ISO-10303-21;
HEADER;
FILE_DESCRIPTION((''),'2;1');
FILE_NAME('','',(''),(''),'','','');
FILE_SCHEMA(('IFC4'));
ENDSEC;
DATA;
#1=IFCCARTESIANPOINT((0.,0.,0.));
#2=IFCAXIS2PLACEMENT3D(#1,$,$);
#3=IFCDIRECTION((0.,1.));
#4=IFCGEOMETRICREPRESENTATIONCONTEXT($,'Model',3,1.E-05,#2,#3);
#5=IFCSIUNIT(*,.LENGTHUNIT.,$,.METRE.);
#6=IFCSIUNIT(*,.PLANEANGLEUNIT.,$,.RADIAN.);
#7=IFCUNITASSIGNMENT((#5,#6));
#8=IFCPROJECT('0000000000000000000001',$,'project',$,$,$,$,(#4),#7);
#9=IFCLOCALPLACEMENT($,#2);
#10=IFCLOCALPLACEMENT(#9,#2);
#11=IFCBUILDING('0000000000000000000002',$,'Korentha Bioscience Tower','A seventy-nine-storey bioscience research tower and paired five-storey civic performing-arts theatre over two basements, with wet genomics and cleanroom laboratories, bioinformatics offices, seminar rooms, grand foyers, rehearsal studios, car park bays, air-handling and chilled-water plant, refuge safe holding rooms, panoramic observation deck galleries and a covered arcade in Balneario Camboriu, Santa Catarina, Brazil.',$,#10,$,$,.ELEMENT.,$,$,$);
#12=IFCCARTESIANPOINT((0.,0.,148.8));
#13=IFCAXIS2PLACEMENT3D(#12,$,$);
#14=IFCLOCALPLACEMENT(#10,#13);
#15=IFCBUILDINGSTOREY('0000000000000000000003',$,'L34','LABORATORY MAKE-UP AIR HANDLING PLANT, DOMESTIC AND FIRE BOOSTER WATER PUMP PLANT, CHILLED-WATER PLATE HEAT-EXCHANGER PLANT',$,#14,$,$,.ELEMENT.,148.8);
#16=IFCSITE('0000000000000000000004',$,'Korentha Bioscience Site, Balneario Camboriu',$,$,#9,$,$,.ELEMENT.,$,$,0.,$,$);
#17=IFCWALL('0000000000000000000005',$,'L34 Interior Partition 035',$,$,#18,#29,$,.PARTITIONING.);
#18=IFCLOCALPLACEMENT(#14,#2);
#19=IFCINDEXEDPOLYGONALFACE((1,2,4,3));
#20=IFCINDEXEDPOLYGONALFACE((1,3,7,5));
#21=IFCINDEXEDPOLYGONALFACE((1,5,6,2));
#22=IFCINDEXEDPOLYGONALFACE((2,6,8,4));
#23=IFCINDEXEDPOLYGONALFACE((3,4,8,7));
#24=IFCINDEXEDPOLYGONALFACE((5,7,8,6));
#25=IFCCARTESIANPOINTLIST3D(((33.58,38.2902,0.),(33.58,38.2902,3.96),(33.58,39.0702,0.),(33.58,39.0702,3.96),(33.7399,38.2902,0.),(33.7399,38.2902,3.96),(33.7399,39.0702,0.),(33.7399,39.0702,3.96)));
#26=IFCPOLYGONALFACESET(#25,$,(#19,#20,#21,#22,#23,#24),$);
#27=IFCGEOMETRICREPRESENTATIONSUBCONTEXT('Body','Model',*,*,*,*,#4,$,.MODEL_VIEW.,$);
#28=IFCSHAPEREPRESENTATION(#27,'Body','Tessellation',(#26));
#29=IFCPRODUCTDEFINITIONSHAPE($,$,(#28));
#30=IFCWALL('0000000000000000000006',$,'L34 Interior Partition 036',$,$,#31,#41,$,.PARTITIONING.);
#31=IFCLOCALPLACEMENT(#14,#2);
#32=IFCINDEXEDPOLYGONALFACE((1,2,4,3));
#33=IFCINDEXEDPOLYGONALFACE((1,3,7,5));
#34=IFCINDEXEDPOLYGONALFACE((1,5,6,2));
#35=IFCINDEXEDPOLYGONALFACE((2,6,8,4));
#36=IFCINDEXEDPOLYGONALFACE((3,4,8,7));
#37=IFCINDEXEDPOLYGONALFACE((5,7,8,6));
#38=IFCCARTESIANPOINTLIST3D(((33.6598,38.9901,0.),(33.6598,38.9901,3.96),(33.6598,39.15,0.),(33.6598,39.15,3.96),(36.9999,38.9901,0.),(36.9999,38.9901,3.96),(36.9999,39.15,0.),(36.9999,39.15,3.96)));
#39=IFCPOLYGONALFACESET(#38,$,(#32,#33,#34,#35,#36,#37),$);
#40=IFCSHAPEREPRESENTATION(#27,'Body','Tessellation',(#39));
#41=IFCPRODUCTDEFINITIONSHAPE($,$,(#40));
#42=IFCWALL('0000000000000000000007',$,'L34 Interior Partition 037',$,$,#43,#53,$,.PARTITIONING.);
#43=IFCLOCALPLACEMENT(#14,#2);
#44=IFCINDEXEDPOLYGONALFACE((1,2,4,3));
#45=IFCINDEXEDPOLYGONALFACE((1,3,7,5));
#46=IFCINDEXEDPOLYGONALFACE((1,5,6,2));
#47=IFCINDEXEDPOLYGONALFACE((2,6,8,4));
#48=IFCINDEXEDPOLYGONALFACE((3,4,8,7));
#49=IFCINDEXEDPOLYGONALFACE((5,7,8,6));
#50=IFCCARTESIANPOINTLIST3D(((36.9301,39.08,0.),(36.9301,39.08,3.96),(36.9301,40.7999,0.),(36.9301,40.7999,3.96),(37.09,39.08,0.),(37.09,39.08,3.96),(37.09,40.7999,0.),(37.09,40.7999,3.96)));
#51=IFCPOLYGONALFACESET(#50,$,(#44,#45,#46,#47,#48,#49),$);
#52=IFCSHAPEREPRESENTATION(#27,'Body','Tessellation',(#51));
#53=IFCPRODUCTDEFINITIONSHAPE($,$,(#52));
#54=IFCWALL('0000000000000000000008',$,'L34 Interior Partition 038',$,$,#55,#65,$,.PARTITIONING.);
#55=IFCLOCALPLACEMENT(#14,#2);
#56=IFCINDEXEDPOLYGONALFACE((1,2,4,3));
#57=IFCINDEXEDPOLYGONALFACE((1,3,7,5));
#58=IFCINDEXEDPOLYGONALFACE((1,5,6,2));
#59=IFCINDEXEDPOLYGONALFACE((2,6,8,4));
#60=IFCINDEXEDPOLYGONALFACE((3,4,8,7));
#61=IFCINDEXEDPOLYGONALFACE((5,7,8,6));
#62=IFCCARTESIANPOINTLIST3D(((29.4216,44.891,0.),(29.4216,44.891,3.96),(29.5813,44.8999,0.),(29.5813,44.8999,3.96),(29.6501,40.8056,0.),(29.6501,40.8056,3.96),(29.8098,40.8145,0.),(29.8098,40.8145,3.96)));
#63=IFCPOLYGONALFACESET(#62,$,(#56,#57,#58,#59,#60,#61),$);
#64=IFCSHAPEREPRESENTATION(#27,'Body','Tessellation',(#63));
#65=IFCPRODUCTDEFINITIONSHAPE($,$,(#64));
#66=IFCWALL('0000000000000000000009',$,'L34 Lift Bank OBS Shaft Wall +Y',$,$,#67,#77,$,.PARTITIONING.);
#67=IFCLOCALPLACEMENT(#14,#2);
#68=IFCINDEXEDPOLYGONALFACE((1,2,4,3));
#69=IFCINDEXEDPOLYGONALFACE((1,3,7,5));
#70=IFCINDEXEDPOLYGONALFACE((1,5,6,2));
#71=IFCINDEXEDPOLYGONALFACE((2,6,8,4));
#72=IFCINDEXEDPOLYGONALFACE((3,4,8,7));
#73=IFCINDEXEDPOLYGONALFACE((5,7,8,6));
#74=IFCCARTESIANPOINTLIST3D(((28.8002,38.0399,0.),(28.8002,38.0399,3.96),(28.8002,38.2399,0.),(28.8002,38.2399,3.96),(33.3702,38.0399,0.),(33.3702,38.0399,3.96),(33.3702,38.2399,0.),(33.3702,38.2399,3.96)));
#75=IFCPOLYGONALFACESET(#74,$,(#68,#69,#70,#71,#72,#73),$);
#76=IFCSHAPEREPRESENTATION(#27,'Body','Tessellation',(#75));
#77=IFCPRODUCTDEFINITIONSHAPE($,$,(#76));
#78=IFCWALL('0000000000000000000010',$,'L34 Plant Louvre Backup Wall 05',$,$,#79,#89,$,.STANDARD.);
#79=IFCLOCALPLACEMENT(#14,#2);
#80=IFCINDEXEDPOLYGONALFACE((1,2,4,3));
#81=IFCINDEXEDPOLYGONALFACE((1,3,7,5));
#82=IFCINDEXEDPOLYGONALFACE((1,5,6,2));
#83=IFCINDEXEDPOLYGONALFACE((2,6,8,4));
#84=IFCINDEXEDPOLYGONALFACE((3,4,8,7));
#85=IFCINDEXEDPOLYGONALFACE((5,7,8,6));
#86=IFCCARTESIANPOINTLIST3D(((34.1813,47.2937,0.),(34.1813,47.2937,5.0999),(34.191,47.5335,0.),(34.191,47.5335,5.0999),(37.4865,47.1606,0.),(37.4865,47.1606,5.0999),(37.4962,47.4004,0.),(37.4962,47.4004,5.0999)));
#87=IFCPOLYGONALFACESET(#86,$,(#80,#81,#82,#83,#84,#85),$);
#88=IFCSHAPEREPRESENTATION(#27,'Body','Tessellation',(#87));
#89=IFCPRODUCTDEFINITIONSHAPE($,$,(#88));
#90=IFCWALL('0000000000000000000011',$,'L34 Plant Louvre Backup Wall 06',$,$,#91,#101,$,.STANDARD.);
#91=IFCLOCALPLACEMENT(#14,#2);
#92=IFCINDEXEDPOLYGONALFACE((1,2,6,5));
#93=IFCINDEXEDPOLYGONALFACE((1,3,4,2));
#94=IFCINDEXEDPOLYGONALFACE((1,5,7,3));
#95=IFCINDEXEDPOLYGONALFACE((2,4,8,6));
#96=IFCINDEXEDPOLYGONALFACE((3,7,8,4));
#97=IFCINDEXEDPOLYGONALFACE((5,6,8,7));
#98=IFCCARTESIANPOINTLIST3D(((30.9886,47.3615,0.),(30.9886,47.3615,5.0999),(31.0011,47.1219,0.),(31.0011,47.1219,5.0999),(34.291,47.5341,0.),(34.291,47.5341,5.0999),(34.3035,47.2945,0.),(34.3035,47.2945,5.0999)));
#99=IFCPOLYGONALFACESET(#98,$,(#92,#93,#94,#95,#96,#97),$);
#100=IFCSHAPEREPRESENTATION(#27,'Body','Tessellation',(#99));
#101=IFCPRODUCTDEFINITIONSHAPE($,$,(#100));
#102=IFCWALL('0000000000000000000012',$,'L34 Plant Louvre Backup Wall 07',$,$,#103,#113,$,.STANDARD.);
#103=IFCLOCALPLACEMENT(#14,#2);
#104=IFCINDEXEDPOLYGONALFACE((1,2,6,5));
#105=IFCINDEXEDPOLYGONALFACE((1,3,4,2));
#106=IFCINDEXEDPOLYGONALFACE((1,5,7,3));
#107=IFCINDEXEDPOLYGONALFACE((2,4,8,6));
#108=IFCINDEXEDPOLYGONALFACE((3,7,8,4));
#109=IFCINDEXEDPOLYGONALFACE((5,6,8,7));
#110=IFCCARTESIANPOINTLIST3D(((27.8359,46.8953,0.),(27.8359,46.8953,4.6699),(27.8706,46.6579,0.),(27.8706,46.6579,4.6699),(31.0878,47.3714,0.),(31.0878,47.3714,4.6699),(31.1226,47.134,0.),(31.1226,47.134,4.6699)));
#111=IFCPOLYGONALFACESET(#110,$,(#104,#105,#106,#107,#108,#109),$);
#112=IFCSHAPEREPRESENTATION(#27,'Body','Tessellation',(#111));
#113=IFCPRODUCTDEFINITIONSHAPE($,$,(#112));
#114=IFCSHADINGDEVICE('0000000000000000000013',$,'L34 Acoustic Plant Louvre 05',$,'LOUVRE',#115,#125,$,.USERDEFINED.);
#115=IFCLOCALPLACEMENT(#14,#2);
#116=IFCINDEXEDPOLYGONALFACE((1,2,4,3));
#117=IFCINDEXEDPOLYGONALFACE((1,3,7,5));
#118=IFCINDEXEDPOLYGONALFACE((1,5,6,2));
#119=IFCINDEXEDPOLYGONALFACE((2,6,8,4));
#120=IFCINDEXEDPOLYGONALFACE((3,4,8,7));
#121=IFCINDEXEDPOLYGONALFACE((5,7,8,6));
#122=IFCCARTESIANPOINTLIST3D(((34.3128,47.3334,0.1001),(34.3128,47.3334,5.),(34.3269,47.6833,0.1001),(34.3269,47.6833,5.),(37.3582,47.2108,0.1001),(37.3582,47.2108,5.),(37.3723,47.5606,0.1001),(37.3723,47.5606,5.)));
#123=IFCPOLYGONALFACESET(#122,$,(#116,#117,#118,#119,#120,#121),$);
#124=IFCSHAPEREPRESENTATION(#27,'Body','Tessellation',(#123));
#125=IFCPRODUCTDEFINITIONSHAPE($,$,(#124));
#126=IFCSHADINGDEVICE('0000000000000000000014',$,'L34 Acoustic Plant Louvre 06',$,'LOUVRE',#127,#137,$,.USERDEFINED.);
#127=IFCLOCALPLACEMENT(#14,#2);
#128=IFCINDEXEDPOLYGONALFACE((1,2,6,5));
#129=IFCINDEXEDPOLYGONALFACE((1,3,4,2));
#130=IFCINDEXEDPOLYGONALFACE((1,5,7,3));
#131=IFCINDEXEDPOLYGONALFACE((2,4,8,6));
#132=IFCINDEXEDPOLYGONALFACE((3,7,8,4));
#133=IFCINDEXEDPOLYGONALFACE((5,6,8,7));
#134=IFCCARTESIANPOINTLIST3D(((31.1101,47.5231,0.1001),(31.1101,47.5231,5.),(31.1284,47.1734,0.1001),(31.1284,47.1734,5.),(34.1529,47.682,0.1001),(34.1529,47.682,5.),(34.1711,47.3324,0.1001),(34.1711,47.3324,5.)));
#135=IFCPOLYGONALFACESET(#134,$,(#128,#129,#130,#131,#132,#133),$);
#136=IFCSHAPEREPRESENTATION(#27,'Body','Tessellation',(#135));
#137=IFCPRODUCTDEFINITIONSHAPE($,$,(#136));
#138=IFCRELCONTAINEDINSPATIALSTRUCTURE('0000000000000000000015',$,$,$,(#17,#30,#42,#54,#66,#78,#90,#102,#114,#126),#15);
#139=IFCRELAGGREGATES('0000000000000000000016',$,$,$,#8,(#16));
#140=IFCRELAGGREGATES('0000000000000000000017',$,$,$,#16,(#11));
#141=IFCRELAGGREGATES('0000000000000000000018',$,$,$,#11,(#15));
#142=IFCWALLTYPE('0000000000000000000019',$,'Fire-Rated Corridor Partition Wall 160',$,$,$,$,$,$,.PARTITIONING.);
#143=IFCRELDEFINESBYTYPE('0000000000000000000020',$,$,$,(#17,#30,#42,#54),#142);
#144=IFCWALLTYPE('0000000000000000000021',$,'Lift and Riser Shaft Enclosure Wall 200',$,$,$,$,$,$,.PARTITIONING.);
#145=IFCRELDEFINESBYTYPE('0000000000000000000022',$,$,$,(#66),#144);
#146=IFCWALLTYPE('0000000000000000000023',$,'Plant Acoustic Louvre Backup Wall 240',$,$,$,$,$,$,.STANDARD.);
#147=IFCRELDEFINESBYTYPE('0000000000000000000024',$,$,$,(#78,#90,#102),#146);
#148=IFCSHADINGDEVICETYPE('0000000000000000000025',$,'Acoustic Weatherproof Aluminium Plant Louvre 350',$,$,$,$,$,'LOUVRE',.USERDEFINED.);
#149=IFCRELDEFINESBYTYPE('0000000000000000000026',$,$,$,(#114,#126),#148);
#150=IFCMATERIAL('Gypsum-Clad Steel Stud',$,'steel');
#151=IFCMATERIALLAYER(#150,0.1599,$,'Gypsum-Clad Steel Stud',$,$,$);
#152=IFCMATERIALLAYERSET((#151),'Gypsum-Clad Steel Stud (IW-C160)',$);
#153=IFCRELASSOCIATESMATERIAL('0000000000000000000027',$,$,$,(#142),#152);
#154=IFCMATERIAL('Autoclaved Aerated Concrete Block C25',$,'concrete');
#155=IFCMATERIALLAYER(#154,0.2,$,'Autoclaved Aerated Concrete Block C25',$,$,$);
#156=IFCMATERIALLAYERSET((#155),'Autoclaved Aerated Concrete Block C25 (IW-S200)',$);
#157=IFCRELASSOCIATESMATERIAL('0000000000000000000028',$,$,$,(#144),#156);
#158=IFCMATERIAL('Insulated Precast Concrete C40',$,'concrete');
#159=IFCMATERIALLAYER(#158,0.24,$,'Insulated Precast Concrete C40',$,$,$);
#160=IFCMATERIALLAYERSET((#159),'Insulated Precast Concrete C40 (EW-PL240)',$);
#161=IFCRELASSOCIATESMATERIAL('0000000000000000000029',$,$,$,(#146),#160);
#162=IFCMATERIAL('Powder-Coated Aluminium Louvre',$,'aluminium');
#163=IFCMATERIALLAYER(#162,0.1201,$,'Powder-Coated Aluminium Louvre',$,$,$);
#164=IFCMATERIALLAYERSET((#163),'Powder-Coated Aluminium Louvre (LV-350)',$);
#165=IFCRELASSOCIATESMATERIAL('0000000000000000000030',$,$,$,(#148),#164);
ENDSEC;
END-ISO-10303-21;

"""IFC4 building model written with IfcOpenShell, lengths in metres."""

from ifc_helpers import new_model, si_unit, direction, frame, frame_2d, origin, origin_2d, place, context, subcontext, project, spatial, rectangle, extrude, material, layer, layer_set, type_object, element, save


model = new_model("IFC4")

# Units and contexts
model_context = context("Model", 3, precision=1e-05, world=origin(), true_north=direction((0.0, 1.0)))
body_context = subcontext(model_context, "Body", "Model", "MODEL_VIEW")
ifc_project = project(units=[si_unit("LENGTHUNIT", "METRE"), si_unit("PLANEANGLEUNIT", "RADIAN")], contexts=[model_context])

# Site, building, storey
site_placement = place(None, origin())
site = spatial("IfcSite", under=ifc_project, at=site_placement, Name="Korentha Bioscience Site, Balneario Camboriu", CompositionType="ELEMENT", RefElevation=0.0)
building_placement = place(site_placement, origin())
building = spatial("IfcBuilding", under=site, at=building_placement, Name="Korentha Bioscience Tower", Description="A seventy-nine-storey bioscience research tower and paired five-storey civic performing-arts theatre over two basements, with wet genomics and cleanroom laboratories, bioinformatics offices, seminar rooms, grand foyers, rehearsal studios, car park bays, air-handling and chilled-water plant, refuge safe holding rooms, panoramic observation deck galleries and a covered arcade in Balneario Camboriu, Santa Catarina, Brazil.", CompositionType="ELEMENT")
storey_placement = place(building_placement, frame((0.0, 0.0, 148.8)))
storey = spatial("IfcBuildingStorey", under=building, at=storey_placement, Name="L34", Description="LABORATORY MAKE-UP AIR HANDLING PLANT, DOMESTIC AND FIRE BOOSTER WATER PUMP PLANT, CHILLED-WATER PLATE HEAT-EXCHANGER PLANT", CompositionType="ELEMENT", Elevation=148.8)

# Shared definitions
ifc_material_1 = material(Name="Gypsum-Clad Steel Stud", Category="steel")
ifc_layer_1 = layer(ifc_material_1, 0.1599, Name="Gypsum-Clad Steel Stud")
ifc_layer_set_1 = layer_set([ifc_layer_1], Name="Gypsum-Clad Steel Stud (IW-C160)")
wall_type_1 = type_object("IfcWallType", Name="Fire-Rated Corridor Partition Wall 160", PredefinedType="PARTITIONING", material=ifc_layer_set_1)

# Walls
wall_1_placement = place(storey_placement, frame((33.6599, 38.29, 0.0), z_axis=(0.0, 0.0, 1.0), x_axis=(0.0, 1.0, 0.0)))
element("IfcWall", 1, at=wall_1_placement, inside=storey, type_object=wall_type_1, Name="L34 Interior Partition 035", PredefinedType="PARTITIONING", context=body_context, shape_type="SweptSolid", body=[
    extrude(rectangle(XDim=0.78, YDim=0.1599, at=frame_2d((0.3901, 0.0))), origin(), (0.0, 0.0, 1.0), 3.96),
])
wall_2_placement = place(storey_placement, frame((33.6599, 39.0701, 0.0), z_axis=(0.0, 0.0, 1.0), x_axis=(1.0, 0.0, 0.0)))
element("IfcWall", 2, at=wall_2_placement, inside=storey, type_object=wall_type_1, Name="L34 Interior Partition 036", PredefinedType="PARTITIONING", context=body_context, shape_type="SweptSolid", body=[
    extrude(rectangle(XDim=3.3401, YDim=0.1599, at=frame_2d((1.6699, 0.0))), origin(), (0.0, 0.0, 1.0), 3.96),
])
wall_3_placement = place(storey_placement, frame((37.01, 39.0801, 0.0), z_axis=(0.0, 0.0, 1.0), x_axis=(0.0, 1.0, 0.0)))
element("IfcWall", 3, at=wall_3_placement, inside=storey, type_object=wall_type_1, Name="L34 Interior Partition 037", PredefinedType="PARTITIONING", context=body_context, shape_type="SweptSolid", body=[
    extrude(rectangle(XDim=1.72, YDim=0.1599, at=frame_2d((0.8599, 0.0))), origin(), (0.0, 0.0, 1.0), 3.96),
])
wall_4_placement = place(storey_placement, frame((29.73, 40.8101, 0.0), z_axis=(0.0, 0.0, 1.0), x_axis=(-0.055847, 0.998439, 0.0)))
element("IfcWall", 4, at=wall_4_placement, inside=storey, type_object=wall_type_1, Name="L34 Interior Partition 038", PredefinedType="PARTITIONING", context=body_context, shape_type="SweptSolid", body=[
    extrude(rectangle(XDim=4.0918, YDim=0.1599, at=frame_2d((2.0459, 0.0))), origin(), (0.0, 0.0, 1.0), 3.96),
])
ifc_material_2 = material(Name="Autoclaved Aerated Concrete Block C25", Category="concrete")
ifc_layer_2 = layer(ifc_material_2, 0.2, Name="Autoclaved Aerated Concrete Block C25")
ifc_layer_set_2 = layer_set([ifc_layer_2], Name="Autoclaved Aerated Concrete Block C25 (IW-S200)")
wall_type_2 = type_object("IfcWallType", Name="Lift and Riser Shaft Enclosure Wall 200", PredefinedType="PARTITIONING", material=ifc_layer_set_2)
wall_5_placement = place(storey_placement, frame((28.8, 38.1399, 0.0), z_axis=(0.0, 0.0, 1.0), x_axis=(1.0, 0.0, 0.0)))
element("IfcWall", 5, at=wall_5_placement, inside=storey, type_object=wall_type_2, Name="L34 Lift Bank OBS Shaft Wall +Y", PredefinedType="PARTITIONING", context=body_context, shape_type="SweptSolid", body=[
    extrude(rectangle(XDim=4.5701, YDim=0.2, at=frame_2d((2.2852, 0.0))), origin(), (0.0, 0.0, 1.0), 3.96),
])
ifc_material_3 = material(Name="Insulated Precast Concrete C40", Category="concrete")
ifc_layer_3 = layer(ifc_material_3, 0.24, Name="Insulated Precast Concrete C40")
ifc_layer_set_3 = layer_set([ifc_layer_3], Name="Insulated Precast Concrete C40 (EW-PL240)")
wall_type_3 = type_object("IfcWallType", Name="Plant Acoustic Louvre Backup Wall 240", PredefinedType="STANDARD", material=ifc_layer_set_3)
wall_6_placement = place(storey_placement, frame((37.4912, 47.2805, 0.0), z_axis=(0.0, 0.0, 1.0), x_axis=(-0.999191, 0.040224, 0.0)))
element("IfcWall", 6, at=wall_6_placement, inside=storey, type_object=wall_type_3, Name="L34 Plant Louvre Backup Wall 05", PredefinedType="STANDARD", context=body_context, shape_type="SweptSolid", body=[
    extrude(rectangle(XDim=3.3079, YDim=0.24, at=frame_2d((1.6538, 0.0))), origin(), (0.0, 0.0, 1.0), 5.0999),
])
wall_7_placement = place(storey_placement, frame((34.2971, 47.4143, 0.0), z_axis=(0.0, 0.0, 1.0), x_axis=(-0.998637, -0.052195, 0.0)))
element("IfcWall", 7, at=wall_7_placement, inside=storey, type_object=wall_type_3, Name="L34 Plant Louvre Backup Wall 06", PredefinedType="STANDARD", context=body_context, shape_type="SweptSolid", body=[
    extrude(rectangle(XDim=3.3069, YDim=0.24, at=frame_2d((1.6533, 0.0))), origin(), (0.0, 0.0, 1.0), 5.0999),
])
wall_8_placement = place(storey_placement, frame((31.1052, 47.2527, 0.0), z_axis=(0.0, 0.0, 1.0), x_axis=(-0.989453, -0.144852, 0.0)))
element("IfcWall", 8, at=wall_8_placement, inside=storey, type_object=wall_type_3, Name="L34 Plant Louvre Backup Wall 07", PredefinedType="STANDARD", context=body_context, shape_type="SweptSolid", body=[
    extrude(rectangle(XDim=3.2866, YDim=0.24, at=frame_2d((1.6433, 0.0))), origin(), (0.0, 0.0, 1.0), 4.6699),
])

# Shading devices
ifc_material_4 = material(Name="Powder-Coated Aluminium Louvre", Category="aluminium")
ifc_layer_4 = layer(ifc_material_4, 0.1201, Name="Powder-Coated Aluminium Louvre")
ifc_layer_set_4 = layer_set([ifc_layer_4], Name="Powder-Coated Aluminium Louvre (LV-350)")
shading_device_type = type_object("IfcShadingDeviceType", Name="Acoustic Weatherproof Aluminium Plant Louvre 350", ElementType="LOUVRE", PredefinedType="USERDEFINED", material=ifc_layer_set_4)
shading_device_1_placement = place(storey_placement, frame((35.8425, 47.447, 0.1001), z_axis=(0.0, 0.0, 1.0), x_axis=(-0.99919, 0.040244, 0.0)))
element("IfcShadingDevice", 9, at=shading_device_1_placement, inside=storey, type_object=shading_device_type, Name="L34 Acoustic Plant Louvre 05", ObjectType="LOUVRE", PredefinedType="USERDEFINED", context=body_context, shape_type="SweptSolid", body=[
    extrude(rectangle(XDim=3.0479, YDim=0.3501, at=origin_2d()), origin(), (0.0, 0.0, 1.0), 4.8999),
])
shading_device_2_placement = place(storey_placement, frame((32.6406, 47.4277, 0.1001), z_axis=(0.0, 0.0, 1.0), x_axis=(-0.998638, -0.052171, 0.0)))
element("IfcShadingDevice", 10, at=shading_device_2_placement, inside=storey, type_object=shading_device_type, Name="L34 Acoustic Plant Louvre 06", ObjectType="LOUVRE", PredefinedType="USERDEFINED", context=body_context, shape_type="SweptSolid", body=[
    extrude(rectangle(XDim=3.0469, YDim=0.3501, at=origin_2d()), origin(), (0.0, 0.0, 1.0), 4.8999),
])

save(model, "model.ifc")
